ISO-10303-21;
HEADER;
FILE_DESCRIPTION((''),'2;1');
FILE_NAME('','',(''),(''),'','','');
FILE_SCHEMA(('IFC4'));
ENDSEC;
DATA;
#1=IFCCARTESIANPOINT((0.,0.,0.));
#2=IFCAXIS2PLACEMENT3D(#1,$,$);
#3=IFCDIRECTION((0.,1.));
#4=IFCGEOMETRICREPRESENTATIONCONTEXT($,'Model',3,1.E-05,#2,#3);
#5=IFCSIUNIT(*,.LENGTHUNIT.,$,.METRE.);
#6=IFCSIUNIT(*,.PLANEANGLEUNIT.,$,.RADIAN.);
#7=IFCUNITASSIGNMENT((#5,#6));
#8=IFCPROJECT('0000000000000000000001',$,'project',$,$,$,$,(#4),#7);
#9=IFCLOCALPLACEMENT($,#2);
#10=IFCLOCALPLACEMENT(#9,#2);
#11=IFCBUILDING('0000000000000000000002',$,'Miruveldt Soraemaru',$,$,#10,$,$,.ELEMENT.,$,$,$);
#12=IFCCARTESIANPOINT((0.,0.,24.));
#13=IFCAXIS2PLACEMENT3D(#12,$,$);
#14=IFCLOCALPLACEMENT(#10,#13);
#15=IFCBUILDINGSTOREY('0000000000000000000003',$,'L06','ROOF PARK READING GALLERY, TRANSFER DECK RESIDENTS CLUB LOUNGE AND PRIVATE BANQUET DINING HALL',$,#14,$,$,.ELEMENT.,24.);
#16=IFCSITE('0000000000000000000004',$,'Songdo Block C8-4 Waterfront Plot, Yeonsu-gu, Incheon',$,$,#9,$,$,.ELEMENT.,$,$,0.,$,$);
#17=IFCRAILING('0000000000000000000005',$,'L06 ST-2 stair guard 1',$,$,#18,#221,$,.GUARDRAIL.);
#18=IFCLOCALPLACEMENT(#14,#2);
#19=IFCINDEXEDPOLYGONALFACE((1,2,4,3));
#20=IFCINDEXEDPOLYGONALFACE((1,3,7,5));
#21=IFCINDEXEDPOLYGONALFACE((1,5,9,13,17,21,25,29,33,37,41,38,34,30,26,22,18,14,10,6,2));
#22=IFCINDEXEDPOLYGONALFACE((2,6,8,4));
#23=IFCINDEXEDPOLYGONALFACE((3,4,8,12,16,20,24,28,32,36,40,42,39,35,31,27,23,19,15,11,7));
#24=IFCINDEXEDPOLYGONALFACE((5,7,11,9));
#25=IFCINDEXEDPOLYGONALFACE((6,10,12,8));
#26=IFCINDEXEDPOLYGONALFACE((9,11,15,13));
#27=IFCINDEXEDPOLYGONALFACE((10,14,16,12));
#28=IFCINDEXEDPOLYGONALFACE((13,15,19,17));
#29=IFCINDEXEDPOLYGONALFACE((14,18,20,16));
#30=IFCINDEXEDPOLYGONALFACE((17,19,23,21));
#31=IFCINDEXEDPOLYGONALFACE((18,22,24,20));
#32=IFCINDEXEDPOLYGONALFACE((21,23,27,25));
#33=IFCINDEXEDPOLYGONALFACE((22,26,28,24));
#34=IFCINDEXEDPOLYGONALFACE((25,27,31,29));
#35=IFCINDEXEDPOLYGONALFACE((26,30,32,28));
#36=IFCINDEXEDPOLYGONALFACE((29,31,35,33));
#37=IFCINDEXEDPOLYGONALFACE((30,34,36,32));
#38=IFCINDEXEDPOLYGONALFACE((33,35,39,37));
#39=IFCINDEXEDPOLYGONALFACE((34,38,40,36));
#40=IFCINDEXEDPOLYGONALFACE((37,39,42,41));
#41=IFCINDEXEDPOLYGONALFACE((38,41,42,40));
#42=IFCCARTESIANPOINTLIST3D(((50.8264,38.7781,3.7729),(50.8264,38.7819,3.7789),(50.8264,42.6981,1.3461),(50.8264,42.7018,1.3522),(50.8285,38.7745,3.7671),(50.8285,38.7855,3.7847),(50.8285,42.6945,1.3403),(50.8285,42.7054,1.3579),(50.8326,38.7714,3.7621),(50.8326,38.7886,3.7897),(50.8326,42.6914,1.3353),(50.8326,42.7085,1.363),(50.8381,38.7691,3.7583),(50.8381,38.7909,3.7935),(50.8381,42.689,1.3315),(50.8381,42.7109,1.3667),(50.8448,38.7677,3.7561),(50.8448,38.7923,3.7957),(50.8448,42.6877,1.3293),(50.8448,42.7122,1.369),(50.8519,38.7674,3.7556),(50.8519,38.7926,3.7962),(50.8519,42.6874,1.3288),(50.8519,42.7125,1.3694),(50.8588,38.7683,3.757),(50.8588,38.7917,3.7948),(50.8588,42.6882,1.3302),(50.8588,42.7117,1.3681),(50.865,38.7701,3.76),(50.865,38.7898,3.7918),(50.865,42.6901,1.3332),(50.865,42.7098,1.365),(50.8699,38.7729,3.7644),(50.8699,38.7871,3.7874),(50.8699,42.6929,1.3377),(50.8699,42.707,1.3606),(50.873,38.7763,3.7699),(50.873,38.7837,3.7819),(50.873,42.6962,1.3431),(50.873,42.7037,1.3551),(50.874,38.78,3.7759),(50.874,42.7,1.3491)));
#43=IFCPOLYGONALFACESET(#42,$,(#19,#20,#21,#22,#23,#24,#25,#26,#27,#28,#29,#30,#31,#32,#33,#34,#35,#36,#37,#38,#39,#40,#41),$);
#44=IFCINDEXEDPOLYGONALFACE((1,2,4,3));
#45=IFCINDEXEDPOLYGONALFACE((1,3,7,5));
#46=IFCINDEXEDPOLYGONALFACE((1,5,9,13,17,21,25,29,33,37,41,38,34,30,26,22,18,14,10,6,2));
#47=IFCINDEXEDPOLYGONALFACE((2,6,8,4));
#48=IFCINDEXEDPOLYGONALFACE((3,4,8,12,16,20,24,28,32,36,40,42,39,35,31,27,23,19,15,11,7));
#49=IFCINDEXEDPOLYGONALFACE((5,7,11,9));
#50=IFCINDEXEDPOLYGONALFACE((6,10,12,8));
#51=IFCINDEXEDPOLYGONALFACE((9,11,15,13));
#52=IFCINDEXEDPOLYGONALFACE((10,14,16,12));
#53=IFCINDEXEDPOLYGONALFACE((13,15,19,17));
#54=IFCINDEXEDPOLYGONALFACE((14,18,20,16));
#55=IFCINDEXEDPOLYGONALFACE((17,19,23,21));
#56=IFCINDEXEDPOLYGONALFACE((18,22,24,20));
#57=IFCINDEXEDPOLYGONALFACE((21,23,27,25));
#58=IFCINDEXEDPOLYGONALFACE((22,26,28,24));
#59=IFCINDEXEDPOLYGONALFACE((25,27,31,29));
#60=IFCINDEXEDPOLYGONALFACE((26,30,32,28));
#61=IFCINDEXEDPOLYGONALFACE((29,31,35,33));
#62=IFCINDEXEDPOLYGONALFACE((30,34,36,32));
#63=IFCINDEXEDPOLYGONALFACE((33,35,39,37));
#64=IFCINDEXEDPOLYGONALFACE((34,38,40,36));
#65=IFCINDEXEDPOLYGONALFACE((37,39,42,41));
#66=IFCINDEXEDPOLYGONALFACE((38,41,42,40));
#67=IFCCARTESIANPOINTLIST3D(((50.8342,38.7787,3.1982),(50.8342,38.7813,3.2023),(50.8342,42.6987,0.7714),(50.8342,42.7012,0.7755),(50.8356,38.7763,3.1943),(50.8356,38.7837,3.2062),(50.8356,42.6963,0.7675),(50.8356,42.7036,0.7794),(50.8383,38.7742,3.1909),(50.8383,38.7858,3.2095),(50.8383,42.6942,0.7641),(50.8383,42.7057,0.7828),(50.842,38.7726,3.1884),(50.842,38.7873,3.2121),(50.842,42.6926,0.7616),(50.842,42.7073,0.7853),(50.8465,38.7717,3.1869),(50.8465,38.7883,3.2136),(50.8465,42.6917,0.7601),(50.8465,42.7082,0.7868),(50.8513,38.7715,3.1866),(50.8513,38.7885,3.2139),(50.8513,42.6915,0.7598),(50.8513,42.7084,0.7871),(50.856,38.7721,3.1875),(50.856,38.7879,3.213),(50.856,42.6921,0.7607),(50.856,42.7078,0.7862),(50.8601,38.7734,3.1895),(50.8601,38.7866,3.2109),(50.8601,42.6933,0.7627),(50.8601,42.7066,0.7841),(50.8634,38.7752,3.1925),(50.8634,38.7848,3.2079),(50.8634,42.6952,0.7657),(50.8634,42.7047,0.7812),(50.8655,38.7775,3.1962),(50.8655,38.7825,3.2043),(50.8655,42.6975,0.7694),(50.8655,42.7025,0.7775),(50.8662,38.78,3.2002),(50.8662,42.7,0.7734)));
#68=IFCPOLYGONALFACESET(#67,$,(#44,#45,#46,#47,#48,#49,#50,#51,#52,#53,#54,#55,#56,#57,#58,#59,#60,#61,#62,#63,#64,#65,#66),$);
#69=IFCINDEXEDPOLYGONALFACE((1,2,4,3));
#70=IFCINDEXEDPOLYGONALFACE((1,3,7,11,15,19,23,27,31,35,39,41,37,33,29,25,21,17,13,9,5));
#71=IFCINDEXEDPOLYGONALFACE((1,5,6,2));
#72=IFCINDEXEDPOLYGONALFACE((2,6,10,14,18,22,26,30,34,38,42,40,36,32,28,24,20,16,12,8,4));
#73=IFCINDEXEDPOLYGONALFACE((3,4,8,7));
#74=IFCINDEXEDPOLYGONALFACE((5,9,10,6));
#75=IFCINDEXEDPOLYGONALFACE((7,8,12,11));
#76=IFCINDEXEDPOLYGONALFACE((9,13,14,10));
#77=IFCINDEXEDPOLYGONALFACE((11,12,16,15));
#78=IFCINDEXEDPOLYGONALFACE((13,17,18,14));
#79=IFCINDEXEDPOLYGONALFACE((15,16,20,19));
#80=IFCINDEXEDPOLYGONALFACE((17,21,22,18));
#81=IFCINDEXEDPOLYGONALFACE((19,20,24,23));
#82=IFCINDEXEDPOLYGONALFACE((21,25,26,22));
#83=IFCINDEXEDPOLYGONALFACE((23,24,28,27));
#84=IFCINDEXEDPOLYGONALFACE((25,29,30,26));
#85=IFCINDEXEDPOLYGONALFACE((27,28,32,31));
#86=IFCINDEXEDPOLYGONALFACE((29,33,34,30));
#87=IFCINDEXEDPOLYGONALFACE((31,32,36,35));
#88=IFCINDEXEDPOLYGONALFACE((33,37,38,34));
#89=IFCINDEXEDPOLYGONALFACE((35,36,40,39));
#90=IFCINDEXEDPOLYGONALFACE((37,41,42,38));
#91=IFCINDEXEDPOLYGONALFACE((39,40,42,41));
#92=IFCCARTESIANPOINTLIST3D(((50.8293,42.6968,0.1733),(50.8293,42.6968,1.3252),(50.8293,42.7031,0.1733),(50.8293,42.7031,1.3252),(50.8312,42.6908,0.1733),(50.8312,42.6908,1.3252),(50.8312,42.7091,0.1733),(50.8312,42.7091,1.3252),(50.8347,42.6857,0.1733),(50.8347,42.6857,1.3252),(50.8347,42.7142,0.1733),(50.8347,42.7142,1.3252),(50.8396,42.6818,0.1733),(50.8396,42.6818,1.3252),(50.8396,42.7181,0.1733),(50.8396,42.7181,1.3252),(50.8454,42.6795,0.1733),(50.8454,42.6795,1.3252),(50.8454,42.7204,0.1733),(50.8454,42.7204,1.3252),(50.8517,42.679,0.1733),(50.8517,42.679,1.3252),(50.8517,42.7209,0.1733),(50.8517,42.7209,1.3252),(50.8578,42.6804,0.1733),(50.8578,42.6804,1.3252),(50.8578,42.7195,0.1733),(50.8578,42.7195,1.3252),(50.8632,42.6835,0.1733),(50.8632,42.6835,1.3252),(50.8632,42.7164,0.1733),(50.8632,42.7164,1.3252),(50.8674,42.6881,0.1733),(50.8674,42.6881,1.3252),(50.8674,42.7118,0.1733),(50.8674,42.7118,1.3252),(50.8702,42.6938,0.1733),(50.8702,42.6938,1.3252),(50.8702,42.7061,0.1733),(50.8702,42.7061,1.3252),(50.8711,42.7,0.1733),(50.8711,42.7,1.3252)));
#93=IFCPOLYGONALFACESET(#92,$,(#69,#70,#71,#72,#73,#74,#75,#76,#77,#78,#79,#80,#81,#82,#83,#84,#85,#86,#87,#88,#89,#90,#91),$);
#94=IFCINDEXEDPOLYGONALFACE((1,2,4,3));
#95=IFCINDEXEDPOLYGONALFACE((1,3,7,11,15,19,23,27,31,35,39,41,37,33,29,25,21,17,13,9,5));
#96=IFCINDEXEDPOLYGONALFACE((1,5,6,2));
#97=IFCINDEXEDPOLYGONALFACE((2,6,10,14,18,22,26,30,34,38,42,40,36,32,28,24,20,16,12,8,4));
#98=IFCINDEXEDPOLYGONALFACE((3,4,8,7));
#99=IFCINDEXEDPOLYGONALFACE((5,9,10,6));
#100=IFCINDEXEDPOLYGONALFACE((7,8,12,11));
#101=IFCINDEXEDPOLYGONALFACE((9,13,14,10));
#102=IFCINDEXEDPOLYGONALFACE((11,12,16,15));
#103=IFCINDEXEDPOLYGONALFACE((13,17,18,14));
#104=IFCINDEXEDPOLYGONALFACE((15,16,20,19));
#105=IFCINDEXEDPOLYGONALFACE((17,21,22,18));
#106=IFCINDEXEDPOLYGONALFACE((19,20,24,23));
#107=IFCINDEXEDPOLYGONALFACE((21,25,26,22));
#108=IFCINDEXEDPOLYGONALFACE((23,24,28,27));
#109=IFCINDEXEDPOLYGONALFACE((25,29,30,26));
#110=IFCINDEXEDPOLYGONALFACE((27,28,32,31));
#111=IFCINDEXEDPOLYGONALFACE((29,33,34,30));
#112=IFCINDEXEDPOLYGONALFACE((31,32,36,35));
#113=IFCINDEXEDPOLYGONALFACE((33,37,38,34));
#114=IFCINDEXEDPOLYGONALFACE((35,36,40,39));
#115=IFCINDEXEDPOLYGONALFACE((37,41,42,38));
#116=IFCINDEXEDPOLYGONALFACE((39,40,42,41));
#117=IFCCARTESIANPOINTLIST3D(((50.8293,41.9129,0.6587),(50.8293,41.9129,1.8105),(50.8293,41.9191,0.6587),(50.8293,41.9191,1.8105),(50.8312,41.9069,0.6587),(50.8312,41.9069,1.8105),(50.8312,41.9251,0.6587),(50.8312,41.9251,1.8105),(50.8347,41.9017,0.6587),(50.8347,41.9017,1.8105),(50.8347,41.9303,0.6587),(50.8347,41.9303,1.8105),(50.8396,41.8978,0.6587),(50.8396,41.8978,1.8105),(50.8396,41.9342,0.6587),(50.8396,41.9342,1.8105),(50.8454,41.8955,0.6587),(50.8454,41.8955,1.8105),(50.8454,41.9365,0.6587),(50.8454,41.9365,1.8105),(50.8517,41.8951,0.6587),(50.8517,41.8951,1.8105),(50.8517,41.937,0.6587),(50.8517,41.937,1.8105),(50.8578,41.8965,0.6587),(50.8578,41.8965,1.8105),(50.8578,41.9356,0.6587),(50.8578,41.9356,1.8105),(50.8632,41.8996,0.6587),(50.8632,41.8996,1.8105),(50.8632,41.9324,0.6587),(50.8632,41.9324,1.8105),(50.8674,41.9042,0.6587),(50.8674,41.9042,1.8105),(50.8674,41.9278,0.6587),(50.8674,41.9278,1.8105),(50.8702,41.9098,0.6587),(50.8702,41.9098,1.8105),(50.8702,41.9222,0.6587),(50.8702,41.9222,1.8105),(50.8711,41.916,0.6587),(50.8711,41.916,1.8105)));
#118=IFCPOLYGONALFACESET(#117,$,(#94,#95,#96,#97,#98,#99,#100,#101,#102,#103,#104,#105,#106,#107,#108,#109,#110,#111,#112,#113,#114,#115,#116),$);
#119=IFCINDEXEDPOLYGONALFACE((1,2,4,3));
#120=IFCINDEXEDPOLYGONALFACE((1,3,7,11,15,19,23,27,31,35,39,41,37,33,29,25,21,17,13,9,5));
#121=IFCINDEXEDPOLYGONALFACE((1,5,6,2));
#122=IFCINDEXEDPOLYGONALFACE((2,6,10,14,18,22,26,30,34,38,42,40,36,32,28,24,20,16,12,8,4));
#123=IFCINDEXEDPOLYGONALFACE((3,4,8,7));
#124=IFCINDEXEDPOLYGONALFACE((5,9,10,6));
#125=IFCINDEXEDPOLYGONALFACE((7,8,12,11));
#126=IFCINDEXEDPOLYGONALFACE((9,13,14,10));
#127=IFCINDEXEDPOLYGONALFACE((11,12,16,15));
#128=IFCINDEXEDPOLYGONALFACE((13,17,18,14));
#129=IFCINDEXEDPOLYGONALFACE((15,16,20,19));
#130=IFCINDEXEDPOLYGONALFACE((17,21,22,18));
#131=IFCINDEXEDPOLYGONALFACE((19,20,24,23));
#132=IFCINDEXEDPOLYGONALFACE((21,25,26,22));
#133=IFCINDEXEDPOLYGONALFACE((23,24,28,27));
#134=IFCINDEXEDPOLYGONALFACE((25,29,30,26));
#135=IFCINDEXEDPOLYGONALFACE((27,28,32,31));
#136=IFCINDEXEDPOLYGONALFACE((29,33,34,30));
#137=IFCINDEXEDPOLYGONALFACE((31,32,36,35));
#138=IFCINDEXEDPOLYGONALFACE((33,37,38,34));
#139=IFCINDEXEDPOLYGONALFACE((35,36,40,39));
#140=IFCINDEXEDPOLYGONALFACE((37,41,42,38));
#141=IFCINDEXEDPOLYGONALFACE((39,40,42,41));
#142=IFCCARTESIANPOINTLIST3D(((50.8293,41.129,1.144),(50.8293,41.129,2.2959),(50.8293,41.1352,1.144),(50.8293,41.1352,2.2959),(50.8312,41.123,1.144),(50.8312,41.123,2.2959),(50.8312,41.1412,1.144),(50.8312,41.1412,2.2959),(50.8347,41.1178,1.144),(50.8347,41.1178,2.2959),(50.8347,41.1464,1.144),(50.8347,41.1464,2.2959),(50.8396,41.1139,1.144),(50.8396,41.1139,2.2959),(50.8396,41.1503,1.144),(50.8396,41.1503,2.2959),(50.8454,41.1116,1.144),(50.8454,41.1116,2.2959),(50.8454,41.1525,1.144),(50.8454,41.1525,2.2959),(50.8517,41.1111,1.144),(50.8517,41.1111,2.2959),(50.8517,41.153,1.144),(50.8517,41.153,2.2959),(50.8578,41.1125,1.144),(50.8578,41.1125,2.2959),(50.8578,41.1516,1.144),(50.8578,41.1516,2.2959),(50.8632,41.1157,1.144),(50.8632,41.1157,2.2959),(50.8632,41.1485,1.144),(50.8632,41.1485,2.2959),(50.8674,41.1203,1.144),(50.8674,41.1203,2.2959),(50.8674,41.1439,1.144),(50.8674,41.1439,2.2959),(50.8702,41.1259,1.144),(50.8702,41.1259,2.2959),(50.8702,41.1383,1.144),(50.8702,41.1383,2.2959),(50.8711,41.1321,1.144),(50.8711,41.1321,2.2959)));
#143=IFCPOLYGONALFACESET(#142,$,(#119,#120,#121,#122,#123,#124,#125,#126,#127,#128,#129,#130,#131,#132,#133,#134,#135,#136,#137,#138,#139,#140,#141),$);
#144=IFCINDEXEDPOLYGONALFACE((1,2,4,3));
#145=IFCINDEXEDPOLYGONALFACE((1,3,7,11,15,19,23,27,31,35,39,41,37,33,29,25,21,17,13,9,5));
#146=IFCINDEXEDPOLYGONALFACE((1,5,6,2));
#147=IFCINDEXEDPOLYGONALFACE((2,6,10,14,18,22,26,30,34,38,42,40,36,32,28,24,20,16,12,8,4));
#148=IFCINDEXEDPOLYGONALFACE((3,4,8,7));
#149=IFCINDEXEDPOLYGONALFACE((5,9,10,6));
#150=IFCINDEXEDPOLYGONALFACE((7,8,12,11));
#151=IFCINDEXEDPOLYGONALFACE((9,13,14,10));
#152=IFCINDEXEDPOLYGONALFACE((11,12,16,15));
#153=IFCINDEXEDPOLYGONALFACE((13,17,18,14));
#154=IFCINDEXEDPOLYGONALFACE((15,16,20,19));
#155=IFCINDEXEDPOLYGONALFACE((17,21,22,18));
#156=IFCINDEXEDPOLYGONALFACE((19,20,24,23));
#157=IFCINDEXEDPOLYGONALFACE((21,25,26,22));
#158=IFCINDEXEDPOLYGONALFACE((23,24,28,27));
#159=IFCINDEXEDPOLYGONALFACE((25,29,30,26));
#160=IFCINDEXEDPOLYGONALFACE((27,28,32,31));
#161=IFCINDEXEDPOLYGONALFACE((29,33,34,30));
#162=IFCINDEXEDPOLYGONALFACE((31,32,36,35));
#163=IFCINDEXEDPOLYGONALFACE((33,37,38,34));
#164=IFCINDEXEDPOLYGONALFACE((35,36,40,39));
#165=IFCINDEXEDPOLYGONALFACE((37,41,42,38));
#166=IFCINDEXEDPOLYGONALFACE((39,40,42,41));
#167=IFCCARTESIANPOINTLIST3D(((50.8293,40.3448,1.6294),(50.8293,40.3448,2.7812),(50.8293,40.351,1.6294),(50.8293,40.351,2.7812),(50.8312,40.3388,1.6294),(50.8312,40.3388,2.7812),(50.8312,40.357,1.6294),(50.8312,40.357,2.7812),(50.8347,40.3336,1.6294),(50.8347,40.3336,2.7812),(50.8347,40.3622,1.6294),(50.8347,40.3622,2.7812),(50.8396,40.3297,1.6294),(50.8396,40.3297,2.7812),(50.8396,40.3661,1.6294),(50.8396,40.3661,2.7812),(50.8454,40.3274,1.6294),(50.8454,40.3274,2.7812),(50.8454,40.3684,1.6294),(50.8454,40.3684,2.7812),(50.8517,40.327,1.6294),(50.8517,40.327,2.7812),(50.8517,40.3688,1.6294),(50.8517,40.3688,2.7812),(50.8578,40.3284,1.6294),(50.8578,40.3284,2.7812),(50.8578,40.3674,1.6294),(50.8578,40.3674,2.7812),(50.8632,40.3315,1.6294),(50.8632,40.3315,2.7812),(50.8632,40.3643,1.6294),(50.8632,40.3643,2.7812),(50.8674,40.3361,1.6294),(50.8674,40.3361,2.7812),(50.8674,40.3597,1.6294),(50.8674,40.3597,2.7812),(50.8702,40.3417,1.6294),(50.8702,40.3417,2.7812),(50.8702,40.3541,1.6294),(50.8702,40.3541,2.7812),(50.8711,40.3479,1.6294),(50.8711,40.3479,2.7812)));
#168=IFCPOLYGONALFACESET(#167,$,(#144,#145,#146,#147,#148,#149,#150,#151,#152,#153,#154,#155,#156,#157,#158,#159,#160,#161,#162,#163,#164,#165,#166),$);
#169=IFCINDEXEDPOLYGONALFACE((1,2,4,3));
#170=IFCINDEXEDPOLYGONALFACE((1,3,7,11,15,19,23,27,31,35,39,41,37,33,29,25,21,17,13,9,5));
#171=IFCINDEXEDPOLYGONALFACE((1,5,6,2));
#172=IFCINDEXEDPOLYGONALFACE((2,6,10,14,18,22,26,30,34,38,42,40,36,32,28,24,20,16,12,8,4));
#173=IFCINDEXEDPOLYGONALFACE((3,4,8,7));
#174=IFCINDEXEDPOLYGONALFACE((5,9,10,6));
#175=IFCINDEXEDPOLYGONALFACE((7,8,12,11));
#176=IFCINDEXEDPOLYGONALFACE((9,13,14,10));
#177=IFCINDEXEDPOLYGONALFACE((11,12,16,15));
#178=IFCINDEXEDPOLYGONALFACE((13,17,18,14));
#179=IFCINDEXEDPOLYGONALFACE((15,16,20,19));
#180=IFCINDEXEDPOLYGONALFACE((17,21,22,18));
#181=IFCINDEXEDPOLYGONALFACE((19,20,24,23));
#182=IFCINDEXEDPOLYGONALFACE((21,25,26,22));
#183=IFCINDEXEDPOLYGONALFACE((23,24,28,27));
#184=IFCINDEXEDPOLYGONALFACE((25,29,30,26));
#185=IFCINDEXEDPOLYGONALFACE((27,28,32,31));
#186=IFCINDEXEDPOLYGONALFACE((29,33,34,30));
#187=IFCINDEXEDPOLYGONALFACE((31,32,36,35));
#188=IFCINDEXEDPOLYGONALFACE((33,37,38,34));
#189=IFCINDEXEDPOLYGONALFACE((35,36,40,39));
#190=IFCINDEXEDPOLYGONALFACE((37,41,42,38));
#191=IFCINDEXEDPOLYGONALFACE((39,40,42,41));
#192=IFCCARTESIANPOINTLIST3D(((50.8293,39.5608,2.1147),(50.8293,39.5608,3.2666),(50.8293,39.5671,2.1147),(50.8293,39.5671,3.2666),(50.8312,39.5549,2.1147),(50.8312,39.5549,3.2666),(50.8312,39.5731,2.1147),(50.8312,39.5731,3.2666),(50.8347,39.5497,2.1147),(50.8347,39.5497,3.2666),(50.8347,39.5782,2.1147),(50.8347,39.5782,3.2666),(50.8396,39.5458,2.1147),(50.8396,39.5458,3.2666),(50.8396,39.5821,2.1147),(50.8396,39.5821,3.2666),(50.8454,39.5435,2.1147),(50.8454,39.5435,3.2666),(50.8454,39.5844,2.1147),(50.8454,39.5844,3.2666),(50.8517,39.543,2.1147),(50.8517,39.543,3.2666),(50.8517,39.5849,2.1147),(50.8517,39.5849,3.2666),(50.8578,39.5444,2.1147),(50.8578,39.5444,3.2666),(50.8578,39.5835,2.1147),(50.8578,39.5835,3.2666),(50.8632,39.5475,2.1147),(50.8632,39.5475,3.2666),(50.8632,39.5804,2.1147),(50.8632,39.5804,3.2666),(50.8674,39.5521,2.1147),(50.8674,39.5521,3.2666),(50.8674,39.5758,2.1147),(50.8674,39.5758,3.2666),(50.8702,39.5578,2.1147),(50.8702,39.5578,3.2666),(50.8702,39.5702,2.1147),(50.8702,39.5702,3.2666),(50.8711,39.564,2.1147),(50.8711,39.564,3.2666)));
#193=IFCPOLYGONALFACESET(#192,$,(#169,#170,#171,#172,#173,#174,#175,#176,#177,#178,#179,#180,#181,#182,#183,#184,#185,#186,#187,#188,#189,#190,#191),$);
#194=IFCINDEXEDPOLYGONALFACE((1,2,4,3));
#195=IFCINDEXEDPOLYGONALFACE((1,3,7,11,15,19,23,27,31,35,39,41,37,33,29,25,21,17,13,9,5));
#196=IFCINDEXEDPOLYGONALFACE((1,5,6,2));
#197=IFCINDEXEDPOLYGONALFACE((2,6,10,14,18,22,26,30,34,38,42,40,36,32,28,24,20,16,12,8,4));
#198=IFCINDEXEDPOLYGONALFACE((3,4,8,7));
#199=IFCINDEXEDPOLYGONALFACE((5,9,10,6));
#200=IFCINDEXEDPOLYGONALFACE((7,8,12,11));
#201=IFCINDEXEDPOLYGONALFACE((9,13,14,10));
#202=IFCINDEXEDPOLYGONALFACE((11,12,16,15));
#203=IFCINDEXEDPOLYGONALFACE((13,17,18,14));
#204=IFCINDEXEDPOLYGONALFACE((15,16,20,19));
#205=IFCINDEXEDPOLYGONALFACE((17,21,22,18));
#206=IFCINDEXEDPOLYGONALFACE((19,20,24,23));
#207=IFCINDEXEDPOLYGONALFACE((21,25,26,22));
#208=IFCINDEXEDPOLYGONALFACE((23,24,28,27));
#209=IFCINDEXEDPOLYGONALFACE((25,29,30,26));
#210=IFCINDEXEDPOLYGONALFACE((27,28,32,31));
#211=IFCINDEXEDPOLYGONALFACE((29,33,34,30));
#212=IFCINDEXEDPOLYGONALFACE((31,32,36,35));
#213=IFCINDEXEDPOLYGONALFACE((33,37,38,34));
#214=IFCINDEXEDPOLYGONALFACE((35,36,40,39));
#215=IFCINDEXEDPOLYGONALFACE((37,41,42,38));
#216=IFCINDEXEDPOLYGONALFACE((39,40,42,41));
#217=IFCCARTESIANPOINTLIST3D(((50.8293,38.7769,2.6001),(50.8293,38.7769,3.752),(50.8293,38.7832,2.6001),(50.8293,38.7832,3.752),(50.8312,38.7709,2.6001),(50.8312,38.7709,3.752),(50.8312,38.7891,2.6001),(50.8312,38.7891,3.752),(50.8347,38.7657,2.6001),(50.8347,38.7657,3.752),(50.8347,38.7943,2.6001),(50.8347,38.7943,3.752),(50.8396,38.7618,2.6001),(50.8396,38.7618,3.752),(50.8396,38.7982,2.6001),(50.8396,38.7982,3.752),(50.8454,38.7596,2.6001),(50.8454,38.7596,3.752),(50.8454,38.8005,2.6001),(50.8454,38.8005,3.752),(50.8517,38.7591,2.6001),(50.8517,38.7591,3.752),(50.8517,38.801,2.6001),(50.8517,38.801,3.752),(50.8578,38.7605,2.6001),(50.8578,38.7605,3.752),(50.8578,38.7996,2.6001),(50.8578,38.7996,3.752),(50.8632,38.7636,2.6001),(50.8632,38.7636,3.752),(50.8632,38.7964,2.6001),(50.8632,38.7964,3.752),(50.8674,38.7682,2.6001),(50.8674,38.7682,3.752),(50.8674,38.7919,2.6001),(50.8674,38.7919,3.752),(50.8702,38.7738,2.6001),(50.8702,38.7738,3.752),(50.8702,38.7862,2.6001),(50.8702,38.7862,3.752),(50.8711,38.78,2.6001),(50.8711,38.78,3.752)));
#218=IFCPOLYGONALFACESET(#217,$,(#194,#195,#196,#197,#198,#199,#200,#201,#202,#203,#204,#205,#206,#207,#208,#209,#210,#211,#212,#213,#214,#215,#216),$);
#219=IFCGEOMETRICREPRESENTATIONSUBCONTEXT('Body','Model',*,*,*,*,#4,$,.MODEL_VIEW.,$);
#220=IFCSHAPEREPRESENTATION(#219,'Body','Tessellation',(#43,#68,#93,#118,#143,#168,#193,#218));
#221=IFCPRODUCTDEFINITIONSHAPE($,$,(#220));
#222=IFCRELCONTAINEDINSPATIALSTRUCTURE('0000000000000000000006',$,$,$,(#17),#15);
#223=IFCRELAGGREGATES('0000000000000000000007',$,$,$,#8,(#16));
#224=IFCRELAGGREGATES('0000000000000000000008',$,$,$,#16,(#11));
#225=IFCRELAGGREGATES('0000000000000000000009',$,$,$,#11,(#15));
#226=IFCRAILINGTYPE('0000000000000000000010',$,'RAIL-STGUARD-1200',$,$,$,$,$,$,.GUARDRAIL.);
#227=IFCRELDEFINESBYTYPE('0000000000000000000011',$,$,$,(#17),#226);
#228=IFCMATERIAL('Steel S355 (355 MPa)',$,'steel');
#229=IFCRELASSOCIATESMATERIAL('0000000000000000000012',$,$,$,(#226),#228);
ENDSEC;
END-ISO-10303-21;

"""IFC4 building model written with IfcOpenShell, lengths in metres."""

from ifc_helpers import new_model, si_unit, direction, frame, origin, origin_2d, place, context, subcontext, project, spatial, circle, extrude, material, type_object, element, save


model = new_model("IFC4")

# Units and contexts
model_context = context("Model", 3, precision=1e-05, world=origin(), true_north=direction((0.0, 1.0)))
body_context = subcontext(model_context, "Body", "Model", "MODEL_VIEW")
ifc_project = project(units=[si_unit("LENGTHUNIT", "METRE"), si_unit("PLANEANGLEUNIT", "RADIAN")], contexts=[model_context])

# Site, building, storey
site_placement = place(None, origin())
site = spatial("IfcSite", under=ifc_project, at=site_placement, Name="Songdo Block C8-4 Waterfront Plot, Yeonsu-gu, Incheon", CompositionType="ELEMENT", RefElevation=0.0)
building_placement = place(site_placement, origin())
building = spatial("IfcBuilding", under=site, at=building_placement, Name="Miruveldt Soraemaru", CompositionType="ELEMENT")
storey_placement = place(building_placement, frame((0.0, 0.0, 24.0)))
storey = spatial("IfcBuildingStorey", under=building, at=storey_placement, Name="L06", Description="ROOF PARK READING GALLERY, TRANSFER DECK RESIDENTS CLUB LOUNGE AND PRIVATE BANQUET DINING HALL", CompositionType="ELEMENT", Elevation=24.0)

# Railing
ifc_material_1 = material(Name="Steel S355 (355 MPa)", Category="steel")
railing_type_1 = type_object("IfcRailingType", Name="RAIL-STGUARD-1200", PredefinedType="GUARDRAIL", material=ifc_material_1)
railing_1_placement = place(storey_placement, frame((50.8501, 42.7, 0.1733)))
element("IfcRailing", 1, at=railing_1_placement, inside=storey, type_object=railing_type_1, Name="L06 ST-2 stair guard 1", PredefinedType="GUARDRAIL", context=body_context, shape_type="SweptSolid", body=[
    extrude(circle(Radius=0.0239, at=origin_2d()), frame((0.0, 0.0, 1.1758), z_axis=(0.0, -0.850252, 0.526376), x_axis=(1.0, 0.0, 0.0)), (0.0, 0.0, 1.0), 4.6104),
    extrude(circle(Radius=0.0161, at=origin_2d()), frame((0.0, 0.0, 0.6001), z_axis=(0.0, -0.850252, 0.526376), x_axis=(1.0, 0.0, 0.0)), (0.0, 0.0, 1.0), 4.6104),
    extrude(circle(Radius=0.021, at=origin_2d()), origin(), (0.0, 0.0, 1.0), 1.1519),
    extrude(circle(Radius=0.021, at=origin_2d()), frame((0.0, -0.7839, 0.4854)), (0.0, 0.0, 1.0), 1.1519),
    extrude(circle(Radius=0.021, at=origin_2d()), frame((0.0, -1.5679, 0.9707)), (0.0, 0.0, 1.0), 1.1519),
    extrude(circle(Radius=0.021, at=origin_2d()), frame((0.0, -2.3521, 1.4561)), (0.0, 0.0, 1.0), 1.1519),
    extrude(circle(Radius=0.021, at=origin_2d()), frame((0.0, -3.136, 1.9414)), (0.0, 0.0, 1.0), 1.1519),
    extrude(circle(Radius=0.021, at=origin_2d()), frame((0.0, -3.9199, 2.4268)), (0.0, 0.0, 1.0), 1.1519),
])

save(model, "model.ifc")
